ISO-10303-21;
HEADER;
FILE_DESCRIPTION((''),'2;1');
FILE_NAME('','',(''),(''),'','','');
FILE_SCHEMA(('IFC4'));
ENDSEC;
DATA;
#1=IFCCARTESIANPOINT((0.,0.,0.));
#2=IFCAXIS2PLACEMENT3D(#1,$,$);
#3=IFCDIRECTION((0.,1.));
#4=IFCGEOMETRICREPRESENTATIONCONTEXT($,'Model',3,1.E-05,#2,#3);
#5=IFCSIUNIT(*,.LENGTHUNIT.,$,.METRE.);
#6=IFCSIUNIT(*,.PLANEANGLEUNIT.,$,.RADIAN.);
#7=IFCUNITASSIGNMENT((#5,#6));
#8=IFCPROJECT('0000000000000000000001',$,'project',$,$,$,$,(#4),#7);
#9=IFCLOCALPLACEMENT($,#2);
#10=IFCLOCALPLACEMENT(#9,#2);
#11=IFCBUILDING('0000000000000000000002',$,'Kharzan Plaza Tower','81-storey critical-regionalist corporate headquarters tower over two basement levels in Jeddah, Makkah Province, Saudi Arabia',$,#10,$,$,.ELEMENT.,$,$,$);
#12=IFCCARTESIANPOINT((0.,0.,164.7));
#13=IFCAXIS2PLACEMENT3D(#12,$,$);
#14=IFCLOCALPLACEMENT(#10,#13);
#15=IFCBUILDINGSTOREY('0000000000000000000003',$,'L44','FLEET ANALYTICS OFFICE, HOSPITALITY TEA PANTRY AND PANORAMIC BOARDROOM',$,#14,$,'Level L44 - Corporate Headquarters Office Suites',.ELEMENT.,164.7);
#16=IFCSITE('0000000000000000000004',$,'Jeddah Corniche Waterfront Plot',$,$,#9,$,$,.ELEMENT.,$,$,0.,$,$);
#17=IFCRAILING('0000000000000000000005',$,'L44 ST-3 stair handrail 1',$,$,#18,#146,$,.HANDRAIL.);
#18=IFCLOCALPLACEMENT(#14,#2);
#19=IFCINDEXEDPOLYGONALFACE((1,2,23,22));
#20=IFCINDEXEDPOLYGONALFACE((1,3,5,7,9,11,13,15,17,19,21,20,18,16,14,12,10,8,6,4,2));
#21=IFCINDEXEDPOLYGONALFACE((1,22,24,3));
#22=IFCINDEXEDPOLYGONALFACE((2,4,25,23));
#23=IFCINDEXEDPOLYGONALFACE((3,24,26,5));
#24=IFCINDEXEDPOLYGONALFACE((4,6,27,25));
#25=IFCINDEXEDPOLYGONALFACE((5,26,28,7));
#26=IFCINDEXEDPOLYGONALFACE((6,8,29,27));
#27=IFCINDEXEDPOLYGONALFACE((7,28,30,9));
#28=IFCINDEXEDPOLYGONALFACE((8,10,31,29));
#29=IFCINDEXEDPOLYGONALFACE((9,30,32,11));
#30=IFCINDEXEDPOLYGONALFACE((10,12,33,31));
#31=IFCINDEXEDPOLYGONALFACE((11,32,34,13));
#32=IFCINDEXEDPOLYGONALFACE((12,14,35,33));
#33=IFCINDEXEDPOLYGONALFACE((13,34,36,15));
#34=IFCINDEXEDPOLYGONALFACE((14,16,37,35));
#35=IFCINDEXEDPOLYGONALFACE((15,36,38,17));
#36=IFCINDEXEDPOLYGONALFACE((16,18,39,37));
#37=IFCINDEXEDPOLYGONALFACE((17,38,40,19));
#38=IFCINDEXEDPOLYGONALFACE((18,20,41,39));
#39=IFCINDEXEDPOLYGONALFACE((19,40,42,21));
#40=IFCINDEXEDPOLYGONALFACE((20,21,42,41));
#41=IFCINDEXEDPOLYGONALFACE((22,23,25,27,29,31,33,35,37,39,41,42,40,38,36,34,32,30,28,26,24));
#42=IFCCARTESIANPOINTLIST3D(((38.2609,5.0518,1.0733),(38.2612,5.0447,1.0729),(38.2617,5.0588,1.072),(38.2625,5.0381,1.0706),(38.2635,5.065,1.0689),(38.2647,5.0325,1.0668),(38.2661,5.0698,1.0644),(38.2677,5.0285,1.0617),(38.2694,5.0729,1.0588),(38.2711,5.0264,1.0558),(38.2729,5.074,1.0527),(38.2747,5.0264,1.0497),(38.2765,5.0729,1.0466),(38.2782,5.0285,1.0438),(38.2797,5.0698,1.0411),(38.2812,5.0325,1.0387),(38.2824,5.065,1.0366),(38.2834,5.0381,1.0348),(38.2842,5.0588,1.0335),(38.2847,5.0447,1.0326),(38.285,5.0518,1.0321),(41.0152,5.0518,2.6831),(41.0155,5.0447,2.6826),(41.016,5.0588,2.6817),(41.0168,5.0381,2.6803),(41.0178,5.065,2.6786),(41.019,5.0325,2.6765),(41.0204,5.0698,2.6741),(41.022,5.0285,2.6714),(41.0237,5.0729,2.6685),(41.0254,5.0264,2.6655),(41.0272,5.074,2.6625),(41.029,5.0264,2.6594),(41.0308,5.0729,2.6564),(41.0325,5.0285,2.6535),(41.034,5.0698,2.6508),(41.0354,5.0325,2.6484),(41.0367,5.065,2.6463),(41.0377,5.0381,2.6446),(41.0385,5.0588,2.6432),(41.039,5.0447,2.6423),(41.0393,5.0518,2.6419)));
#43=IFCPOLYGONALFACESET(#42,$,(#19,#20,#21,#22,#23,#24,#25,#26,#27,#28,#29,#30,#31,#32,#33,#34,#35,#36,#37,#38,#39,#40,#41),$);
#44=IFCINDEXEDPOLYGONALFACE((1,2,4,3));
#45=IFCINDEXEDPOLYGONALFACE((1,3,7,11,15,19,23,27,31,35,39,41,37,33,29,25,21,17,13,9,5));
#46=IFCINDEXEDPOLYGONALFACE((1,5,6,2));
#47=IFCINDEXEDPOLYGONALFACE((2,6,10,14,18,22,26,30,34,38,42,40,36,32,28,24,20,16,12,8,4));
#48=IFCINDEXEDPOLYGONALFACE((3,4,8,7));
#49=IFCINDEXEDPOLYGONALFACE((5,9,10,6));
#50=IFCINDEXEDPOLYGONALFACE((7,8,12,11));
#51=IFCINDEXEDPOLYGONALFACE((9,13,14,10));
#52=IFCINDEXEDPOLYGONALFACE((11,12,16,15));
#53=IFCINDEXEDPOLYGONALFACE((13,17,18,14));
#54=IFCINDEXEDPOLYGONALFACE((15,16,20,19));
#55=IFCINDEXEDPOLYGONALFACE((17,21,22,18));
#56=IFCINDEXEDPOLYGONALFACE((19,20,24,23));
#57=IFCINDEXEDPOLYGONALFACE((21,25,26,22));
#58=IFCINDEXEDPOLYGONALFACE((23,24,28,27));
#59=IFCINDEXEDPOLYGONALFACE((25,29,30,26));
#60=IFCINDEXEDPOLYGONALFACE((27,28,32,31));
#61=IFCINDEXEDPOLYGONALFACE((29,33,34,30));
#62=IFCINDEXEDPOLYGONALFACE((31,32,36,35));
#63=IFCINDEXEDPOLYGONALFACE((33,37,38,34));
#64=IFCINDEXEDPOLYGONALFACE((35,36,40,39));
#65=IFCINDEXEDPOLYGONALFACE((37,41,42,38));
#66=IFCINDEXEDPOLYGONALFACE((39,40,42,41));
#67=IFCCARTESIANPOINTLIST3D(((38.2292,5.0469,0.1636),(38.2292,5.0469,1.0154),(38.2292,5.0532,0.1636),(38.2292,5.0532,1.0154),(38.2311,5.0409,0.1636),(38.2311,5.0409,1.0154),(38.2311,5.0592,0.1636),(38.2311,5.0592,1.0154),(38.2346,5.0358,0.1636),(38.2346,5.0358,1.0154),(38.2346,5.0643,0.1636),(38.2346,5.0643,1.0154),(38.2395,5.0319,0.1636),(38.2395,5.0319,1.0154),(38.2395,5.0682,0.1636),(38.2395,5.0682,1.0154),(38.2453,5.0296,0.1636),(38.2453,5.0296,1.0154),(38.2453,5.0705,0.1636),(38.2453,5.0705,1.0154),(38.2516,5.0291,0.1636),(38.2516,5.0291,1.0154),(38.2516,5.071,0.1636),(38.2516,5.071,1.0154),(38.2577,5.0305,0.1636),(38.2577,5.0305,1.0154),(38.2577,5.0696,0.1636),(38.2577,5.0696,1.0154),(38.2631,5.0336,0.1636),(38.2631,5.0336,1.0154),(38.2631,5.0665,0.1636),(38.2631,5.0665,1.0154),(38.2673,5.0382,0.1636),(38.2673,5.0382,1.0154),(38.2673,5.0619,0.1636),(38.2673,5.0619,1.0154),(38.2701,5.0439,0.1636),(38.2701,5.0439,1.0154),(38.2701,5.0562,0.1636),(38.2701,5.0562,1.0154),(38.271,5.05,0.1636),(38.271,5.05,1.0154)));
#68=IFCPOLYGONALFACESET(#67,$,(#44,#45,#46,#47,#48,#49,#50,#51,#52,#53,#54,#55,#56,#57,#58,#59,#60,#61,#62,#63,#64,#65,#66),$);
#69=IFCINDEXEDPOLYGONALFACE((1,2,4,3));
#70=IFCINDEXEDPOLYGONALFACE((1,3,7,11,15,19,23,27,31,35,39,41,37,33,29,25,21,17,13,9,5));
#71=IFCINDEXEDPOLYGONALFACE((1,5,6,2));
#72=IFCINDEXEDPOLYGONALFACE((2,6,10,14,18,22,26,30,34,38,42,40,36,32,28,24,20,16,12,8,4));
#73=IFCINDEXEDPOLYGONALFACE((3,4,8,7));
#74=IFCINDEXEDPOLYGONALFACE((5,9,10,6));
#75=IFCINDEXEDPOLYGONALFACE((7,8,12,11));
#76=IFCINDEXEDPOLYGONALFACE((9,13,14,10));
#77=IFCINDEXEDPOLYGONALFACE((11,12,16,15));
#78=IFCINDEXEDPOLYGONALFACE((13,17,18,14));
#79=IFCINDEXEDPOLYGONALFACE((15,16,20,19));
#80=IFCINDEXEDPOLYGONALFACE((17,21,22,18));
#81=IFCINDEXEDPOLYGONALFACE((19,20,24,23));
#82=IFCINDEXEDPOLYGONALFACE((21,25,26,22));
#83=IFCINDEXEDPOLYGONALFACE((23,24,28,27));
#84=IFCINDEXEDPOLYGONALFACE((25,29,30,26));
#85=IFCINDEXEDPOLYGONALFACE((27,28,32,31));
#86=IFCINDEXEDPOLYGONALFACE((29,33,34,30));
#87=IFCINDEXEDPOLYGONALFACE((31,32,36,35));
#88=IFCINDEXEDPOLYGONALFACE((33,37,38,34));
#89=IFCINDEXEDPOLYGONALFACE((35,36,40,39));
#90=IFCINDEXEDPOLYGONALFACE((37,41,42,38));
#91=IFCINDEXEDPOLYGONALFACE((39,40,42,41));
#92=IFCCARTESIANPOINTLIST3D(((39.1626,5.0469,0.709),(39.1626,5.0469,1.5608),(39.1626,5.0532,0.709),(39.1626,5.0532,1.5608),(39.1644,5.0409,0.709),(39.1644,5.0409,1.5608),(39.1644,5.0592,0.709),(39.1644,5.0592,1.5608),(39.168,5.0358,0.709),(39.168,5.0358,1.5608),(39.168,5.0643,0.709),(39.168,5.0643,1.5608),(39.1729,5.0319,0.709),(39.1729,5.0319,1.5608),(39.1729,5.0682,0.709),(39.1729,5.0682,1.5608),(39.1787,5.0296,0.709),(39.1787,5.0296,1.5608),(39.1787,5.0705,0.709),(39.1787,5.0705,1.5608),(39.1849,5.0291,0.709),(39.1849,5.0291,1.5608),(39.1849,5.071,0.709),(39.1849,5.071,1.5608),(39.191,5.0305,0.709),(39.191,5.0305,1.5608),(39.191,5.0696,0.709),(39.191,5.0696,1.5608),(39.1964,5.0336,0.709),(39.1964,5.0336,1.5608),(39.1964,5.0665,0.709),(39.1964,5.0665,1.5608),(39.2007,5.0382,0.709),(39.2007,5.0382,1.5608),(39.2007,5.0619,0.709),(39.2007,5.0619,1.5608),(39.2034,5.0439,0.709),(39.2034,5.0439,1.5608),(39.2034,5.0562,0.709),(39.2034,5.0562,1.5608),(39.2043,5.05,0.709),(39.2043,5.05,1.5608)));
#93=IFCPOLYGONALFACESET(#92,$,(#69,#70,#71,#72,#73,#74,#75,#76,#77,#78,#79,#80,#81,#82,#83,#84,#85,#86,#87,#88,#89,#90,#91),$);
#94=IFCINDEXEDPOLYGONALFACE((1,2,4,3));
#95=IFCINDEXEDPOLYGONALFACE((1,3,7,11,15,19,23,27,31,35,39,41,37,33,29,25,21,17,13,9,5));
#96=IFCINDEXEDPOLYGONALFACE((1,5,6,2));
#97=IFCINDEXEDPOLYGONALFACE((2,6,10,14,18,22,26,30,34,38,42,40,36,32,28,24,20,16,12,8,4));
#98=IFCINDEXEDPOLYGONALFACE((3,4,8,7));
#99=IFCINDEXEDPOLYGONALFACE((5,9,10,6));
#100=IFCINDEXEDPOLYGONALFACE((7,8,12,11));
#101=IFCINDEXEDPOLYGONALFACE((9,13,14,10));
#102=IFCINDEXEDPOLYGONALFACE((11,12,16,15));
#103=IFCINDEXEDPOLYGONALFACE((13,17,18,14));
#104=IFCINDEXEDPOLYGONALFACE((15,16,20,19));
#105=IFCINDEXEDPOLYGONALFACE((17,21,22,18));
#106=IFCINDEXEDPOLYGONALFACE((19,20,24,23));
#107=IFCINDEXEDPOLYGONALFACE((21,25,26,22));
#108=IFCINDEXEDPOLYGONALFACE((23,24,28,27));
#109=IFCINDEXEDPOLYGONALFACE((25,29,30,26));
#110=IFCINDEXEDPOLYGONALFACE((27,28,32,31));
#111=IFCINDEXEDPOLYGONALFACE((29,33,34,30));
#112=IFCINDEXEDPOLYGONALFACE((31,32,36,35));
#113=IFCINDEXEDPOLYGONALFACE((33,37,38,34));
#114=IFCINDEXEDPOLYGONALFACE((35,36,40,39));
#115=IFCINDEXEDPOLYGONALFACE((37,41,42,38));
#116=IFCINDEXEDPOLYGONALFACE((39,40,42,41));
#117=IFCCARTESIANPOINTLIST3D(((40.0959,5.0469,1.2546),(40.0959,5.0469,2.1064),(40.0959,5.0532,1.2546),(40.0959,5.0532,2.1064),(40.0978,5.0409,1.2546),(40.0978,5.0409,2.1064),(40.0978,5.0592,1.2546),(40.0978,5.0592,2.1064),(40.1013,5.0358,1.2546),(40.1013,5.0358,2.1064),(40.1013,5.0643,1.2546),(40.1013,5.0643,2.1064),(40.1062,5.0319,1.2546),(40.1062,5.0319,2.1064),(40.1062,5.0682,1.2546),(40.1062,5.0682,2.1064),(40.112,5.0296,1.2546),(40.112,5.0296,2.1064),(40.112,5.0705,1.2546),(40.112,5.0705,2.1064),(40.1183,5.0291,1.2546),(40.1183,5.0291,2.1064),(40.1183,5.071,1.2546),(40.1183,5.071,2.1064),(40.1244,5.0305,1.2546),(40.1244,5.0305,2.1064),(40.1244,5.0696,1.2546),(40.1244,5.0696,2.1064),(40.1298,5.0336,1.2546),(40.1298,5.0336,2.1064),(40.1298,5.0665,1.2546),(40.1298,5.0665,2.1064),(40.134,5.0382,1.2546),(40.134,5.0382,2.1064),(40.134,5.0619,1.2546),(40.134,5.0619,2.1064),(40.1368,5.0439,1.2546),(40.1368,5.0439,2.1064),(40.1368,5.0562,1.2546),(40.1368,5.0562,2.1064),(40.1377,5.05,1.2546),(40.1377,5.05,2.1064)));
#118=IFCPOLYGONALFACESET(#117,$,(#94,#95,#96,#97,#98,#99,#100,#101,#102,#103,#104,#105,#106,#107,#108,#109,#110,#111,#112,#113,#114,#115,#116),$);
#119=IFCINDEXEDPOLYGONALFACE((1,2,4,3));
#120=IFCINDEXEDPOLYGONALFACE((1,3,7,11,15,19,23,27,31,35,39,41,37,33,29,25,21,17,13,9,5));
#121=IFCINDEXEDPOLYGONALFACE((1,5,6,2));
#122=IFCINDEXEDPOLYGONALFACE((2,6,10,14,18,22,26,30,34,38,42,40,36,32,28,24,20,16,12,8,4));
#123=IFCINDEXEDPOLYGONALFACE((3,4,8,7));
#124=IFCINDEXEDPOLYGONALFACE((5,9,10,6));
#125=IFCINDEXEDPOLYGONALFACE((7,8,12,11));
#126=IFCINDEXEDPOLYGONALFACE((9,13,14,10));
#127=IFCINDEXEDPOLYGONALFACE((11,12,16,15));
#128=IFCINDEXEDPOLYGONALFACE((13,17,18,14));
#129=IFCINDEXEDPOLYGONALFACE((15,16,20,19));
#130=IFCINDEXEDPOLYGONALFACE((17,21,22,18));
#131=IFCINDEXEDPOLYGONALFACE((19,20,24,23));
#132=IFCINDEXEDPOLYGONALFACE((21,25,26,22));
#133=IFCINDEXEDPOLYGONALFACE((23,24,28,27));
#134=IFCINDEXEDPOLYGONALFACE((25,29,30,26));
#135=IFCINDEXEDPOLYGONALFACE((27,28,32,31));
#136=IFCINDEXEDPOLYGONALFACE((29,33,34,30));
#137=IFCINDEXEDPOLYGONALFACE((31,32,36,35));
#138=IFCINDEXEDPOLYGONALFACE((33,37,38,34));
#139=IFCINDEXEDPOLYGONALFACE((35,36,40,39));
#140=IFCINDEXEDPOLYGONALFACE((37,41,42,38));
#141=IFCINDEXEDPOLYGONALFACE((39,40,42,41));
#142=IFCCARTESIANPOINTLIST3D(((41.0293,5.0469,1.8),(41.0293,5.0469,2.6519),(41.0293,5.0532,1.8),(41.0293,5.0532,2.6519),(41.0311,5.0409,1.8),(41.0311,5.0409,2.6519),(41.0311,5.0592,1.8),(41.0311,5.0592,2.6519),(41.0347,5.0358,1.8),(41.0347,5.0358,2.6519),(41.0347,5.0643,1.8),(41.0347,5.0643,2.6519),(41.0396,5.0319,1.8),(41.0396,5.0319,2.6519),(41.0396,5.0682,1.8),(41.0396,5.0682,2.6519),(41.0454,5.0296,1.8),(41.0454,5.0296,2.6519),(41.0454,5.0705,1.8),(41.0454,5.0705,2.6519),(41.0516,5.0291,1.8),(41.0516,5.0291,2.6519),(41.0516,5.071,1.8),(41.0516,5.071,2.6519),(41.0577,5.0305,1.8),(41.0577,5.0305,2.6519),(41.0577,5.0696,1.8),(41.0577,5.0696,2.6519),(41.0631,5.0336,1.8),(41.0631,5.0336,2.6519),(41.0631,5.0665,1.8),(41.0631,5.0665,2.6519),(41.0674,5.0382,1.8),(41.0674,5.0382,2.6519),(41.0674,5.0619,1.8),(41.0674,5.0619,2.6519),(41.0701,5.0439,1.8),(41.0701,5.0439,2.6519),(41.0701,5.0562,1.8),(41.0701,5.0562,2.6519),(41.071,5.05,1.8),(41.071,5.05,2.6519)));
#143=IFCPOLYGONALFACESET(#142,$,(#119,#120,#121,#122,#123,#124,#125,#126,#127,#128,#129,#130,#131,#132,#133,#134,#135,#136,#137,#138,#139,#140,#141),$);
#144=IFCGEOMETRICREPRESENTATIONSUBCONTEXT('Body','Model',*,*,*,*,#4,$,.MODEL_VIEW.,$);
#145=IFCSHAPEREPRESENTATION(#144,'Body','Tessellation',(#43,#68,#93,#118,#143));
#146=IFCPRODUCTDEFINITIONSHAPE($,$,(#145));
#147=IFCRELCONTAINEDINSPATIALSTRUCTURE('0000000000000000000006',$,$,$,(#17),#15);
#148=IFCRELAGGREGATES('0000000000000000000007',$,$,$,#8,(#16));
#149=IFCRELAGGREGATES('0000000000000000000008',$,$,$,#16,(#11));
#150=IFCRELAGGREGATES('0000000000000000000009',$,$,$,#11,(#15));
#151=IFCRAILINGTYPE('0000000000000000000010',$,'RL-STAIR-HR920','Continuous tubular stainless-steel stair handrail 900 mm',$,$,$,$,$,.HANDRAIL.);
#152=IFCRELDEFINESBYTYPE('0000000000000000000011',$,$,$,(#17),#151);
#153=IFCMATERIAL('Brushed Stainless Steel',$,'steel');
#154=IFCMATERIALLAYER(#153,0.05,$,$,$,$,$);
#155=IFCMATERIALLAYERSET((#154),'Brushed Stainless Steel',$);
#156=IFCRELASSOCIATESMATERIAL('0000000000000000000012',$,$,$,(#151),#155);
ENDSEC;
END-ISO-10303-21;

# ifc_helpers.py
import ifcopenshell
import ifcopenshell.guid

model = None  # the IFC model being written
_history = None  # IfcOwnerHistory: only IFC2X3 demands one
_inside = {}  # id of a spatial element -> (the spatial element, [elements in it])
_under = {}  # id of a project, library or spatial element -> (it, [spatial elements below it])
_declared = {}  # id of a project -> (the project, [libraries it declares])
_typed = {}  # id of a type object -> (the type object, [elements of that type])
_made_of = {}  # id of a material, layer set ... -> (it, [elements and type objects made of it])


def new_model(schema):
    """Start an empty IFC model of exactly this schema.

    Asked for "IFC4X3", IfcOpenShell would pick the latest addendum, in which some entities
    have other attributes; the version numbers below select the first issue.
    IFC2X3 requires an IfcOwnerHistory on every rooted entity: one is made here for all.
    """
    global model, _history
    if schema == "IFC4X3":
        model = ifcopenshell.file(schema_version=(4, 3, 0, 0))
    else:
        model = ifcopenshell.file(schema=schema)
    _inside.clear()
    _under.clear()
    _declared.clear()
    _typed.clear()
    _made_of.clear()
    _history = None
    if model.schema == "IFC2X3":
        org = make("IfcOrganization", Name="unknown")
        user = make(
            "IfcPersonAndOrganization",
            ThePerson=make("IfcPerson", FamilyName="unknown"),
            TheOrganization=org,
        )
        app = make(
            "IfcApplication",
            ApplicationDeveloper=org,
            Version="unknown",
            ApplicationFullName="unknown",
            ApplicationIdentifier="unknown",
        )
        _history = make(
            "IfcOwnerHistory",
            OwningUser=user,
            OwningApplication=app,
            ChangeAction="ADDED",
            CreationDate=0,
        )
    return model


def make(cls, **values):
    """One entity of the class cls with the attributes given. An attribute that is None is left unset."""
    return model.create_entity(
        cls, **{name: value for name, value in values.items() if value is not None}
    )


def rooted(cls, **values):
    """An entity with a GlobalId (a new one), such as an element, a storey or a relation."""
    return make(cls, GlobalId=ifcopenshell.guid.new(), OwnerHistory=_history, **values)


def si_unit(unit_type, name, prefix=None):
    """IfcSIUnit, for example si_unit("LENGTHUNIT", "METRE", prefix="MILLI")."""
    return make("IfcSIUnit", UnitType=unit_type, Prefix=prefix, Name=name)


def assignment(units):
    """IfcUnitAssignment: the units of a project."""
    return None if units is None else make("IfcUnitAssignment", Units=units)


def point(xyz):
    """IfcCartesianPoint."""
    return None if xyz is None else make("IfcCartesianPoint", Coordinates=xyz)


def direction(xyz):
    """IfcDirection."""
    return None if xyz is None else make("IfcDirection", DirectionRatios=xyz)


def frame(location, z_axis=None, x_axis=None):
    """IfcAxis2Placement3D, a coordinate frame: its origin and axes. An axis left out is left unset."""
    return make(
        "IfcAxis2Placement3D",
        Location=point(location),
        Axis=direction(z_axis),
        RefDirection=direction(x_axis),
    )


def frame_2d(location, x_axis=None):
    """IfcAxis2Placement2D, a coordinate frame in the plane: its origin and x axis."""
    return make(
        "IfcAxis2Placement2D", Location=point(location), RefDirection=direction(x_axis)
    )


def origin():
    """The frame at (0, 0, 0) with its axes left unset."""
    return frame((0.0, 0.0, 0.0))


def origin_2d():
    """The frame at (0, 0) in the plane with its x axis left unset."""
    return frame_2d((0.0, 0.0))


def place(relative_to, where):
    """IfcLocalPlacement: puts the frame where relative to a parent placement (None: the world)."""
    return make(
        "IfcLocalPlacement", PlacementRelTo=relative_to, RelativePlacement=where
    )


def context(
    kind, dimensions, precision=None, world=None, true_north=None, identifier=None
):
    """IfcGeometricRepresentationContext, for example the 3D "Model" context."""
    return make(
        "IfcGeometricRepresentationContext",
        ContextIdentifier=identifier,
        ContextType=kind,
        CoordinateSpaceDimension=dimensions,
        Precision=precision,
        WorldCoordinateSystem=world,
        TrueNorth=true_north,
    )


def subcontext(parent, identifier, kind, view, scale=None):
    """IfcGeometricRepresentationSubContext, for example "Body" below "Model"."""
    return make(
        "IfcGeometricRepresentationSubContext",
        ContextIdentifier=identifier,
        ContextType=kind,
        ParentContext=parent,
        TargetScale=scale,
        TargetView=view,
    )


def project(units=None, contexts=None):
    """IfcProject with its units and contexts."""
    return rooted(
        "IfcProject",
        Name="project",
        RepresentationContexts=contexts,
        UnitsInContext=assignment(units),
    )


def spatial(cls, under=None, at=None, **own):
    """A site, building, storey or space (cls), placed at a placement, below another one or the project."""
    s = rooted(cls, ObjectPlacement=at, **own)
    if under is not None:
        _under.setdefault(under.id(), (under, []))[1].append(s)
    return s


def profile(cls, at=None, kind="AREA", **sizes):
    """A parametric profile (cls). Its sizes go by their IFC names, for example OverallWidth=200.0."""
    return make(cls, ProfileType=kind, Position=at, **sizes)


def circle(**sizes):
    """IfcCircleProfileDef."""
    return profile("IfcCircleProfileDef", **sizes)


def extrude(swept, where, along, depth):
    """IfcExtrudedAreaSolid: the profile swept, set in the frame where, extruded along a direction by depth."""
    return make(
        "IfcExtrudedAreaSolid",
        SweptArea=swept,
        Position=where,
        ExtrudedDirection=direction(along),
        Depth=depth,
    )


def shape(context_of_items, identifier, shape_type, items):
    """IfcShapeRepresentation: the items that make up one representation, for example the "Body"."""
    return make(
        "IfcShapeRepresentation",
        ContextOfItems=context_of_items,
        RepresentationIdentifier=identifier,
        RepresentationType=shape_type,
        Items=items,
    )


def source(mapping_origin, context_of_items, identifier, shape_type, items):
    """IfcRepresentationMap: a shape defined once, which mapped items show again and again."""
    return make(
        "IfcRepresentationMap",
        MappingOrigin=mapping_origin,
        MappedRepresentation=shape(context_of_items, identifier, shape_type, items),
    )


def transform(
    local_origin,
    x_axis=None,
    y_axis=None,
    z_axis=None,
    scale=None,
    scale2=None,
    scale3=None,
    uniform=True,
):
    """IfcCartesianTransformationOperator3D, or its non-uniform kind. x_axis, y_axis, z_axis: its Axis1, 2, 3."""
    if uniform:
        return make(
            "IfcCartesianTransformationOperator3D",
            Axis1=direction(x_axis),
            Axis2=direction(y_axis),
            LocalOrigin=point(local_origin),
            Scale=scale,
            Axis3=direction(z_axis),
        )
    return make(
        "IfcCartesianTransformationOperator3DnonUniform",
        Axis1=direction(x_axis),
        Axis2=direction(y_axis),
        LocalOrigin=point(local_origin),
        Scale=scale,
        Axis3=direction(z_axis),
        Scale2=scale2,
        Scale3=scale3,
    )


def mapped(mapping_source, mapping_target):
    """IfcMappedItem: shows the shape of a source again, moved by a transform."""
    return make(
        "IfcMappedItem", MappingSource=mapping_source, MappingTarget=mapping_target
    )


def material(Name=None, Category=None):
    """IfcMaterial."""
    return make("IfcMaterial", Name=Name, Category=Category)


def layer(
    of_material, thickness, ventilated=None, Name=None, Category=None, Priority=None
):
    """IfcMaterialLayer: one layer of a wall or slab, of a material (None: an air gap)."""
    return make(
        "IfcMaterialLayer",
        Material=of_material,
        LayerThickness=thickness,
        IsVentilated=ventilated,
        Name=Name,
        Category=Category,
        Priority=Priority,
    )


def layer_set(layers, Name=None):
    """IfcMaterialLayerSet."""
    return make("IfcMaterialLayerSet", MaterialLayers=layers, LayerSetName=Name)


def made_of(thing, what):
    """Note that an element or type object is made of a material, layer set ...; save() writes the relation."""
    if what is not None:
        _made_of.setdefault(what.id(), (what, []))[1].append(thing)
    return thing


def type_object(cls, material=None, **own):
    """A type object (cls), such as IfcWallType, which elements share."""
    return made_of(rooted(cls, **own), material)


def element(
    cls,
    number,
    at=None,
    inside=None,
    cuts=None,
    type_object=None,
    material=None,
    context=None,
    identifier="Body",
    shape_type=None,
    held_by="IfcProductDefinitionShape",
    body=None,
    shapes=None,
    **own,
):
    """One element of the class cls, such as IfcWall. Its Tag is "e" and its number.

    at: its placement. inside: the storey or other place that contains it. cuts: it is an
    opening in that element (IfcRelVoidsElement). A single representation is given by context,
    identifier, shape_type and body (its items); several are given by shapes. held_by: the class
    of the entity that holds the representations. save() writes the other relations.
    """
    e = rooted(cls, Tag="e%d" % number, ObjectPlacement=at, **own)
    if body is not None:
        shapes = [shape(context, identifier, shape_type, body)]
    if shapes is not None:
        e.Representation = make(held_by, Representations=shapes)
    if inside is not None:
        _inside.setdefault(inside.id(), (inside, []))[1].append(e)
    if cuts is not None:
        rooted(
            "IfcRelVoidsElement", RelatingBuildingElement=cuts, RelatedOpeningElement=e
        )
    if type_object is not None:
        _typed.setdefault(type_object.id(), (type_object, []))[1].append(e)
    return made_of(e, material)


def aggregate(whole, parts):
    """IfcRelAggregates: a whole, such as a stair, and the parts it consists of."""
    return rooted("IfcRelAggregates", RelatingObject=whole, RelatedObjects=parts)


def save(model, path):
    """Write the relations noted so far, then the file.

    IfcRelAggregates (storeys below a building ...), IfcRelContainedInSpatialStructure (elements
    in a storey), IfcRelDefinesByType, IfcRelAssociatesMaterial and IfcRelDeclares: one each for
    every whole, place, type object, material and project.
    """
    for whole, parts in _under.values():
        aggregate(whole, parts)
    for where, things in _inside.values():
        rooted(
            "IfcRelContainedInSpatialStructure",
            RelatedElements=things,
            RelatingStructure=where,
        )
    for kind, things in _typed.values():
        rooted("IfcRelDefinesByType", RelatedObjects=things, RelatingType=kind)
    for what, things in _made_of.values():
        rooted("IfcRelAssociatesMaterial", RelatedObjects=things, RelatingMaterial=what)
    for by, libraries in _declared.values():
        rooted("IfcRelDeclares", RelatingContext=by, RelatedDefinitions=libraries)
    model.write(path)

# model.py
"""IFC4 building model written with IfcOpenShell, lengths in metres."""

from ifc_helpers import new_model, si_unit, direction, frame, origin, origin_2d, place, context, subcontext, project, spatial, circle, extrude, source, transform, mapped, material, layer, layer_set, type_object, element, save


model = new_model("IFC4")

# Units and contexts
model_context = context("Model", 3, precision=1e-05, world=origin(), true_north=direction((0.0, 1.0)))
body_context = subcontext(model_context, "Body", "Model", "MODEL_VIEW")
ifc_project = project(units=[si_unit("LENGTHUNIT", "METRE"), si_unit("PLANEANGLEUNIT", "RADIAN")], contexts=[model_context])

# Site, building, storey
site_placement = place(None, origin())
site = spatial("IfcSite", under=ifc_project, at=site_placement, Name="Jeddah Corniche Waterfront Plot", CompositionType="ELEMENT", RefElevation=0.0)
building_placement = place(site_placement, origin())
building = spatial("IfcBuilding", under=site, at=building_placement, Name="Kharzan Plaza Tower", Description="81-storey critical-regionalist corporate headquarters tower over two basement levels in Jeddah, Makkah Province, Saudi Arabia", CompositionType="ELEMENT")
storey_placement = place(building_placement, frame((0.0, 0.0, 164.7)))
storey = spatial("IfcBuildingStorey", under=building, at=storey_placement, Name="L44", Description="FLEET ANALYTICS OFFICE, HOSPITALITY TEA PANTRY AND PANORAMIC BOARDROOM", LongName="Level L44 - Corporate Headquarters Office Suites", CompositionType="ELEMENT", Elevation=164.7)

# Railing
ifc_material_1 = material(Name="Brushed Stainless Steel", Category="steel")
ifc_layer_1 = layer(ifc_material_1, 0.05)
ifc_layer_set_1 = layer_set([ifc_layer_1], Name="Brushed Stainless Steel")
railing_type_1 = type_object("IfcRailingType", Name="RL-STAIR-HR920", Description="Continuous tubular stainless-steel stair handrail 900 mm", PredefinedType="HANDRAIL", material=ifc_layer_set_1)
shared_shape_1 = source(origin(), body_context, "Body", "SweptSolid", [
    extrude(circle(Radius=0.0239, at=origin_2d()), frame((0.0229, 0.0, 0.8892), z_axis=(0.863361, 0.0, 0.504587), x_axis=(0.0, 1.0, 0.0)), (0.0, 0.0, 1.0), 3.1902),
    extrude(circle(Radius=0.021, at=origin_2d()), origin(), (0.0, 0.0, 1.0), 0.8518),
    extrude(circle(Radius=0.021, at=origin_2d()), frame((0.9333, 0.0, 0.5454)), (0.0, 0.0, 1.0), 0.8518),
    extrude(circle(Radius=0.021, at=origin_2d()), frame((1.8667, 0.0, 1.0911)), (0.0, 0.0, 1.0), 0.8518),
    extrude(circle(Radius=0.021, at=origin_2d()), frame((2.8, 0.0, 1.6365)), (0.0, 0.0, 1.0), 0.8518),
])
railing_1_placement = place(storey_placement, frame((38.25, 5.05, 0.1636)))
element("IfcRailing", 1, at=railing_1_placement, inside=storey, type_object=railing_type_1, Name="L44 ST-3 stair handrail 1", PredefinedType="HANDRAIL", context=body_context, shape_type="MappedRepresentation", body=[
    mapped(shared_shape_1, transform((0.0, 0.0, 0.0), x_axis=(1.0, 0.0, 0.0), y_axis=(0.0, 1.0, 0.0), z_axis=(0.0, 0.0, 1.0))),
])

save(model, "model.ifc")
